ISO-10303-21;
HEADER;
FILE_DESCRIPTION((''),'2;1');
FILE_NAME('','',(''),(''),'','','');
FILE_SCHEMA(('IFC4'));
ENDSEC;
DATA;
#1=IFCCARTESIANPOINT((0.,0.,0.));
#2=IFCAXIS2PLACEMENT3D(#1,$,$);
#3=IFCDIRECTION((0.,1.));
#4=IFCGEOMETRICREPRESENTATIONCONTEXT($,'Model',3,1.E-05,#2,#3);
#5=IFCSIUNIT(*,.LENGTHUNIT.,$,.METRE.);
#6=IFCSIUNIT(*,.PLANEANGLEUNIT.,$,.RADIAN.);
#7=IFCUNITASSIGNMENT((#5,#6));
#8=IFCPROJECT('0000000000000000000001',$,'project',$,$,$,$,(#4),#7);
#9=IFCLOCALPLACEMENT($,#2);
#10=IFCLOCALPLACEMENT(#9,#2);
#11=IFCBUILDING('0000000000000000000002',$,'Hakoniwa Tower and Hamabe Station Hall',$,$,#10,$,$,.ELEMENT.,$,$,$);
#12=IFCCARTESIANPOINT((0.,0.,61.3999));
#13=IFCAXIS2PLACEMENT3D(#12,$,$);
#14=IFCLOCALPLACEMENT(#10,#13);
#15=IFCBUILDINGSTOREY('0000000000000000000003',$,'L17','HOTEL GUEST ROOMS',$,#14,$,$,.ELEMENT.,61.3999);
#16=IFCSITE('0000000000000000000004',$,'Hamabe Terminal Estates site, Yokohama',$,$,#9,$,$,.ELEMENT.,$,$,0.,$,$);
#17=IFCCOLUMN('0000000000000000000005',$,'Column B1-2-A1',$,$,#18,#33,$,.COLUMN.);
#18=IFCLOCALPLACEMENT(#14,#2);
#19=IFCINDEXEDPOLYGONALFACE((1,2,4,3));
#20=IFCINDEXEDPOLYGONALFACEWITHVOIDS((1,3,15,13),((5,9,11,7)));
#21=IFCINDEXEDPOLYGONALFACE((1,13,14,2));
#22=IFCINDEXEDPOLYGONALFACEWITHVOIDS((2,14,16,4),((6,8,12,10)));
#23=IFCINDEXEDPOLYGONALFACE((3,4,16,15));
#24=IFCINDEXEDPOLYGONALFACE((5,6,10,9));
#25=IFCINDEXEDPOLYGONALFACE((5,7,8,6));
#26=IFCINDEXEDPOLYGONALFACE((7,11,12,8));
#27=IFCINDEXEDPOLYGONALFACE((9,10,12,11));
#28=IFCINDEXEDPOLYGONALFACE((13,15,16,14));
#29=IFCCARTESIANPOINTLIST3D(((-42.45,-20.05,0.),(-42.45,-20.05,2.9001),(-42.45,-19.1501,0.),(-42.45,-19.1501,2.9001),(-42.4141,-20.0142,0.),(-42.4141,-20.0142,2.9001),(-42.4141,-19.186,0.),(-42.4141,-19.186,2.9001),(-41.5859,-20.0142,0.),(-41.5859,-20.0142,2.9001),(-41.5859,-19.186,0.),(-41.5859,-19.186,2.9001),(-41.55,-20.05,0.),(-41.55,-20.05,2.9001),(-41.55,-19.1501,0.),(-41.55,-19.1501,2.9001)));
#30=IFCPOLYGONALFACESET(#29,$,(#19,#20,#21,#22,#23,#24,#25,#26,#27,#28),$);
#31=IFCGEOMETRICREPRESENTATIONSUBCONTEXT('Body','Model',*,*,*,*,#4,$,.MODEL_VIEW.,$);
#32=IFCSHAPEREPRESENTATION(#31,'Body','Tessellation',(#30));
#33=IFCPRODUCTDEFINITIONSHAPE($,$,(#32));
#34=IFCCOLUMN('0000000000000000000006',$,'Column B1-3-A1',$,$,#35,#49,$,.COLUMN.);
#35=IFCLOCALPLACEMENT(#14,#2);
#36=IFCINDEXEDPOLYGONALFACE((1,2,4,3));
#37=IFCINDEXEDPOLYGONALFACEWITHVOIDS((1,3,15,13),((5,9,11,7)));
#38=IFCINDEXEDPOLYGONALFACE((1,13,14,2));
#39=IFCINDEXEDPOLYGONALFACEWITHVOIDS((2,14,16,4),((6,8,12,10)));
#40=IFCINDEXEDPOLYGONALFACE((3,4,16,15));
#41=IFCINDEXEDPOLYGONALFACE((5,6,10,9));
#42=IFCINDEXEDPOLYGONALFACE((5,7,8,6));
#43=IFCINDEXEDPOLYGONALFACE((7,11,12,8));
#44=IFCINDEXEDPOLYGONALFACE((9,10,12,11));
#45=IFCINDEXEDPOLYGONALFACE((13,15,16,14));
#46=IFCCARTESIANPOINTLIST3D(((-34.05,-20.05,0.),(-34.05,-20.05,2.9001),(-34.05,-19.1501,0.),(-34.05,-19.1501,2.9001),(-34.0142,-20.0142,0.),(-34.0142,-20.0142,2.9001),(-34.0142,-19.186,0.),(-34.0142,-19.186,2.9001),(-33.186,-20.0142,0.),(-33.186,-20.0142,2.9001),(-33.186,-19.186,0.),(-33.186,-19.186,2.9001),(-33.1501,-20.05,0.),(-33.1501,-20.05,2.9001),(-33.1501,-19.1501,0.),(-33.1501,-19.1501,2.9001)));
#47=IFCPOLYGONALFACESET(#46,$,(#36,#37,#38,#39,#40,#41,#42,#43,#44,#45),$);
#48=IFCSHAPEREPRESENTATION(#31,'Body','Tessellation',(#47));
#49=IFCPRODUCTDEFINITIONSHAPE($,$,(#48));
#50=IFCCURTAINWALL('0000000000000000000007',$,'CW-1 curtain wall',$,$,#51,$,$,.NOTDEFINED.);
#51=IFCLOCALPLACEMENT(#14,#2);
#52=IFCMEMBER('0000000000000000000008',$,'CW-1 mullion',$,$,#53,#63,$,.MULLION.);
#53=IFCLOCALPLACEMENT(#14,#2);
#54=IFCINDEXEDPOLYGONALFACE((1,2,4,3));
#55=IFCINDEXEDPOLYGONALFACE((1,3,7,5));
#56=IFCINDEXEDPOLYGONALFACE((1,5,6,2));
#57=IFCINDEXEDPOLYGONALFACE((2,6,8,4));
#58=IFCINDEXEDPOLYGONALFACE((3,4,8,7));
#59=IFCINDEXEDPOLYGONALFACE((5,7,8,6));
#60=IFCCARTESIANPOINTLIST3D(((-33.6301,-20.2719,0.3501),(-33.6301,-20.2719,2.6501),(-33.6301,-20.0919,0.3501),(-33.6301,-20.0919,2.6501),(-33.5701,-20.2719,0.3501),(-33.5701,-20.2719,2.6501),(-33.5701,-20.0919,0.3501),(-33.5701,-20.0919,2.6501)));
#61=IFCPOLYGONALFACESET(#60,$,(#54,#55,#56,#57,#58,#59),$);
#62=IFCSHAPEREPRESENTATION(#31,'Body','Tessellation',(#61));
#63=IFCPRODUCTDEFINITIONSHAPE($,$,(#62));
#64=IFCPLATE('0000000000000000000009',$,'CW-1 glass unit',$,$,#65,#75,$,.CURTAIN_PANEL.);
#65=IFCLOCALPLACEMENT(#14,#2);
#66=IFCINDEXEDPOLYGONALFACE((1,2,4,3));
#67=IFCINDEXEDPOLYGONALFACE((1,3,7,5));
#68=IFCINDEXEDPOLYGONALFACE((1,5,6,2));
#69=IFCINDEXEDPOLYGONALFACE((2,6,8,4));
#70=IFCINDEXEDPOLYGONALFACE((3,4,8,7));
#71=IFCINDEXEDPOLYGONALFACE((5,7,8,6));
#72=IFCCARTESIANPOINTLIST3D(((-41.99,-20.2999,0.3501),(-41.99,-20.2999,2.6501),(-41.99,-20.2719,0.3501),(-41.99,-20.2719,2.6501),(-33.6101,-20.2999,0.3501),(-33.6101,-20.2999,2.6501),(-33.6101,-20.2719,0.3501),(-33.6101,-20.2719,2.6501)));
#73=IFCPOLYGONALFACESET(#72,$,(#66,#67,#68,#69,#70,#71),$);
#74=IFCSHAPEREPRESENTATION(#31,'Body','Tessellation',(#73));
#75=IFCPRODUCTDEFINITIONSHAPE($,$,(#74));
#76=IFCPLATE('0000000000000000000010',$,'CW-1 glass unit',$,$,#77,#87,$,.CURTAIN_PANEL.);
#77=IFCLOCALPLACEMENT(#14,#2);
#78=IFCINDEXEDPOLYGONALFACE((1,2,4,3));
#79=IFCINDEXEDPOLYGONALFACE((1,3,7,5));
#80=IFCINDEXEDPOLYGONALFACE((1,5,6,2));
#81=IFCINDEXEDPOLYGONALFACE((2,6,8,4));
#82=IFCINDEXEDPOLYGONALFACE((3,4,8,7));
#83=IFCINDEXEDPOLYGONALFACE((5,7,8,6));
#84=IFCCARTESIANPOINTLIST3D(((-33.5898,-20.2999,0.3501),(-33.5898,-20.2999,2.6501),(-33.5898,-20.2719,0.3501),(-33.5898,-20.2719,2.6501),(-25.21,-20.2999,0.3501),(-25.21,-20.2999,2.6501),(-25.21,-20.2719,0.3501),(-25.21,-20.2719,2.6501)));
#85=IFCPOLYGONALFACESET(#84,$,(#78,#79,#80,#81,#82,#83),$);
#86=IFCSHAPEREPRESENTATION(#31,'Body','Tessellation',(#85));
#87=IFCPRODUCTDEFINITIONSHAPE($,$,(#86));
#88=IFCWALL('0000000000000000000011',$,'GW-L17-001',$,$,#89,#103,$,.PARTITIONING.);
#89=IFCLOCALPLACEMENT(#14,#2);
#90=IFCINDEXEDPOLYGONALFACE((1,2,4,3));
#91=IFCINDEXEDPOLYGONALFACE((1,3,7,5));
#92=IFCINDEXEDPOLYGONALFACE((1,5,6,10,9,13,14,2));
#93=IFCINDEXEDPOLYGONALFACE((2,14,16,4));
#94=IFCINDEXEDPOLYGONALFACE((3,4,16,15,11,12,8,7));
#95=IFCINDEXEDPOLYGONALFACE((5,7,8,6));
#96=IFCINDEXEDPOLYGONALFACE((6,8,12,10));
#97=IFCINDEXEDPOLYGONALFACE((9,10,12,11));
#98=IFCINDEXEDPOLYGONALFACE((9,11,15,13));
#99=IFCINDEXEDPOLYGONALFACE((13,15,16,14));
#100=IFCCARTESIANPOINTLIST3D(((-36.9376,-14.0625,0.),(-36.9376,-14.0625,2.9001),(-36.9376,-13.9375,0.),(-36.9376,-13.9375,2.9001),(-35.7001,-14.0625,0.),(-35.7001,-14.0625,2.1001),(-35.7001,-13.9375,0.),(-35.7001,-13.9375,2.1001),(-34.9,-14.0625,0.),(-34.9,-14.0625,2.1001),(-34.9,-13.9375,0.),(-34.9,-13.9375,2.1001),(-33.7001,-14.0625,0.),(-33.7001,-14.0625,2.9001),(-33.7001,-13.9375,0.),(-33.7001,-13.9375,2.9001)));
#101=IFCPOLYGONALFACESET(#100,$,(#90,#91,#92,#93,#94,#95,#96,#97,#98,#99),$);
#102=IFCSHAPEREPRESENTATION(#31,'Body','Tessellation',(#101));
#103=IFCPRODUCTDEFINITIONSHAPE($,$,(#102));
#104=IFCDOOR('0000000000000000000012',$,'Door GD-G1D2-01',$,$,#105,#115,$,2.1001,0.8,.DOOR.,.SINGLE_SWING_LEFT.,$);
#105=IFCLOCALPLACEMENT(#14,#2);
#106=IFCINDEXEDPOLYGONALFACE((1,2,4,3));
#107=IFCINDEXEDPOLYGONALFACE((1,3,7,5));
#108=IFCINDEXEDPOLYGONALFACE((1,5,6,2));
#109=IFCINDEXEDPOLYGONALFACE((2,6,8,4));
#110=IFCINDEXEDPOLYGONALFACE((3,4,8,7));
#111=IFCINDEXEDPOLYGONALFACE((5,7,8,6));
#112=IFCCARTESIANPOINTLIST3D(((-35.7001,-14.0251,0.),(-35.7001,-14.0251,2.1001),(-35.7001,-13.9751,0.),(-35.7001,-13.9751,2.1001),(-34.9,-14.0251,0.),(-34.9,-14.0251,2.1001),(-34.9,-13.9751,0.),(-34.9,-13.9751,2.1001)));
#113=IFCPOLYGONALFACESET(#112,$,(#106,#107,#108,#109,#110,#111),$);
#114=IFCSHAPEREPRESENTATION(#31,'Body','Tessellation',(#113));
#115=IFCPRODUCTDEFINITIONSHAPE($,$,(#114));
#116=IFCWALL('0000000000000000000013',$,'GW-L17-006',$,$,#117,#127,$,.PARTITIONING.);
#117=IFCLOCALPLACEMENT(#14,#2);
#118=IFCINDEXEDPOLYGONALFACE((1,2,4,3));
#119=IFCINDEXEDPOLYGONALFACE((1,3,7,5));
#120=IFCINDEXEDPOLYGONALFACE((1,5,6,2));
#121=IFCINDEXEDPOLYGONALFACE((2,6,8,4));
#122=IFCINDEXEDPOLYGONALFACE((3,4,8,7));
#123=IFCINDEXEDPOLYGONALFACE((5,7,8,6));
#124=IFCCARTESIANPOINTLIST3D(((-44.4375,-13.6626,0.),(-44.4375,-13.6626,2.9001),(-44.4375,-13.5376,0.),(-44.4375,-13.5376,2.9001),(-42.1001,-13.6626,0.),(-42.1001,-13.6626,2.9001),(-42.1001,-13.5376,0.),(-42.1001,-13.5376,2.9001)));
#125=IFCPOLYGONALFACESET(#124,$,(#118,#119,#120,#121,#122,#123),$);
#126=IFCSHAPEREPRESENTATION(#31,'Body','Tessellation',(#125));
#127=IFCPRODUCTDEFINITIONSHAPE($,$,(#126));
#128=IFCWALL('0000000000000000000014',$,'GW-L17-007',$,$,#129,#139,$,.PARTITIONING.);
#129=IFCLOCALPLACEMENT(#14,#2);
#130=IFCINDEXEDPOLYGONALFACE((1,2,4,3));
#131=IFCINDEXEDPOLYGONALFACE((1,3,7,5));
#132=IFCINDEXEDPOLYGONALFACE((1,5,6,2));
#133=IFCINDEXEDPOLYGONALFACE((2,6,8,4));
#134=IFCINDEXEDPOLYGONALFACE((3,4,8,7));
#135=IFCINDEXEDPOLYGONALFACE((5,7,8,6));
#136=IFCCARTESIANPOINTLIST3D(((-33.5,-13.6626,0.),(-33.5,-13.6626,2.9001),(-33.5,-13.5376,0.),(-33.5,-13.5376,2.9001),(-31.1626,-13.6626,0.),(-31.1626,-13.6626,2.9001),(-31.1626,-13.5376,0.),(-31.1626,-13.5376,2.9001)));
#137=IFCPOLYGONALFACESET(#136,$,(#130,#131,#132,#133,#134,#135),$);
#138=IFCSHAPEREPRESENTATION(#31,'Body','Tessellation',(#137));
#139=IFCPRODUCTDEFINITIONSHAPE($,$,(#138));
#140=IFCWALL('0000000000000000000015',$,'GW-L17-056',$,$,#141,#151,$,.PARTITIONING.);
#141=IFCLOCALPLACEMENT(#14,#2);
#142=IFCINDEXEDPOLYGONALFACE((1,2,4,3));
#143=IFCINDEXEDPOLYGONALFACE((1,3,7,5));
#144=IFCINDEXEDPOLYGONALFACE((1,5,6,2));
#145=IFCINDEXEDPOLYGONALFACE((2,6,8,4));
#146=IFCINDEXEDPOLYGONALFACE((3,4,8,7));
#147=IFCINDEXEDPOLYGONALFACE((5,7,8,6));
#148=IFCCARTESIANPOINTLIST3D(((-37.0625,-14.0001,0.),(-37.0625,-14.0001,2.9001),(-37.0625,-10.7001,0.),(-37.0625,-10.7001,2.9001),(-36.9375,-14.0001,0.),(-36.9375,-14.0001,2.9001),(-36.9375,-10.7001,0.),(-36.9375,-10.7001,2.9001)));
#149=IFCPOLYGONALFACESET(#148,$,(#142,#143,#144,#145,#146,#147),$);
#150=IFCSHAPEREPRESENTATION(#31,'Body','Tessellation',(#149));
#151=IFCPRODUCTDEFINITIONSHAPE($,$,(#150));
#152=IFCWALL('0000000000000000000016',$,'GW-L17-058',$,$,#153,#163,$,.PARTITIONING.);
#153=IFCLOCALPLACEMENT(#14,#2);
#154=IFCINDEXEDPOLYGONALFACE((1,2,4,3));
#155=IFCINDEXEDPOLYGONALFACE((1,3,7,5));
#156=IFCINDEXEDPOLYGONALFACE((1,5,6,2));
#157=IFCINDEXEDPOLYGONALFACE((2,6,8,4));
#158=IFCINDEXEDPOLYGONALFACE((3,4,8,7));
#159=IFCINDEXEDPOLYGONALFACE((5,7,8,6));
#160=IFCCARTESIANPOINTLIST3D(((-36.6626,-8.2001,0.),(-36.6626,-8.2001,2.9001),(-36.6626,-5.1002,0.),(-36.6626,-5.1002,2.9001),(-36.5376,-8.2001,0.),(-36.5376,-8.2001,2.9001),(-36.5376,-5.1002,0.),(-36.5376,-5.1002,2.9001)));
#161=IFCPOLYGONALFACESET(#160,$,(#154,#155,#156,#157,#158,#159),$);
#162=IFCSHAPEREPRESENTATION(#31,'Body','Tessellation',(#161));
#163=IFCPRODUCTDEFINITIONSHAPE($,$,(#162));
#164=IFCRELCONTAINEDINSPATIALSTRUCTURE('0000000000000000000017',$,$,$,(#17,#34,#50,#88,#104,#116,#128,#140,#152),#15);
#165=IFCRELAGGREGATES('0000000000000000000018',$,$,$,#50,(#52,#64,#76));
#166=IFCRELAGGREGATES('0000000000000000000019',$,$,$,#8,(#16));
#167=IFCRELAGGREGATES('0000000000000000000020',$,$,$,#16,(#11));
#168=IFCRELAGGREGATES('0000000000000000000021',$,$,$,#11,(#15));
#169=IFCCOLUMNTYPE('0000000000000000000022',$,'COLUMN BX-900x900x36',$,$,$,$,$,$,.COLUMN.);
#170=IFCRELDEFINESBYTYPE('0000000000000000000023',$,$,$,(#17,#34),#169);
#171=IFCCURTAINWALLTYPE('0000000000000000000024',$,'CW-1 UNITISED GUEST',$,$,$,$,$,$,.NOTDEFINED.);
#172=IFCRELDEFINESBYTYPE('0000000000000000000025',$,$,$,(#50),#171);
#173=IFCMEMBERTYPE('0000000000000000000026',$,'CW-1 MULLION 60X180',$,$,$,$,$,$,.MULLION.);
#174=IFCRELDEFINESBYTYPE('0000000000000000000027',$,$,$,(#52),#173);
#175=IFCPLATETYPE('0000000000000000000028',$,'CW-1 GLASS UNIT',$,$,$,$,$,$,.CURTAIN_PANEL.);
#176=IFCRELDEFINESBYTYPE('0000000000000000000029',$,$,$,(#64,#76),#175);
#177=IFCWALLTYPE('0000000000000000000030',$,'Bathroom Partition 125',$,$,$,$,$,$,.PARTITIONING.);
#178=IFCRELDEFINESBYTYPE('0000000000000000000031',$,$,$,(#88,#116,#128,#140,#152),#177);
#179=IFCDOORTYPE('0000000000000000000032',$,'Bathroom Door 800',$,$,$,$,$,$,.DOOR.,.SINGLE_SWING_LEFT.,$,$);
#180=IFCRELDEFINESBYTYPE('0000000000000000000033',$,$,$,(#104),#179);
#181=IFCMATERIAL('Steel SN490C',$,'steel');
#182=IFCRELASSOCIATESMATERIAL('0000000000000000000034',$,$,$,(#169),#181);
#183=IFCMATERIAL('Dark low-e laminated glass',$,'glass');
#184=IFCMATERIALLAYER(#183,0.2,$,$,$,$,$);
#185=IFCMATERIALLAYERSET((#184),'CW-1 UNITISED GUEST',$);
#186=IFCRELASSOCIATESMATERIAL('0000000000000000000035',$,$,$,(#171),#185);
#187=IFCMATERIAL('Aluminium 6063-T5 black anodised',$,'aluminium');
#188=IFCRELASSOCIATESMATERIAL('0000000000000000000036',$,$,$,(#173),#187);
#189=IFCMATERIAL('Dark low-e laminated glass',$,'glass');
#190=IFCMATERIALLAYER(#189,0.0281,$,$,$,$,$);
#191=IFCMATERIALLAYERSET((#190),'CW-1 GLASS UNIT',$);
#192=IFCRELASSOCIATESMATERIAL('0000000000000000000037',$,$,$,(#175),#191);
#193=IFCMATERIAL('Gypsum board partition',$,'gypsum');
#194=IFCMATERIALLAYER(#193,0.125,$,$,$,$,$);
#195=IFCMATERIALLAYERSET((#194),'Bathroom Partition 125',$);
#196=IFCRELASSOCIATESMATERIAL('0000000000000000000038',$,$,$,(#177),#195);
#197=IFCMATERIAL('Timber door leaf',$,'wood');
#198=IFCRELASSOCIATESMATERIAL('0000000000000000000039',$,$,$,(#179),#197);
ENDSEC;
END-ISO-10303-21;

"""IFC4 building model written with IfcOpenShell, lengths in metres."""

from ifc_helpers import new_model, si_unit, direction, frame, frame_2d, origin, origin_2d, place, context, subcontext, project, spatial, rectangle, hollow_rectangle, extrude, material, layer, layer_set, material_profile, profile_set, type_object, element, fill, aggregate, save


model = new_model("IFC4")

# Units and contexts
model_context = context("Model", 3, precision=1e-05, world=origin(), true_north=direction((0.0, 1.0)))
body_context = subcontext(model_context, "Body", "Model", "MODEL_VIEW")
ifc_project = project(units=[si_unit("LENGTHUNIT", "METRE"), si_unit("PLANEANGLEUNIT", "RADIAN")], contexts=[model_context])

# Site, building, storey
site_placement = place(None, origin())
site = spatial("IfcSite", under=ifc_project, at=site_placement, Name="Hamabe Terminal Estates site, Yokohama", CompositionType="ELEMENT", RefElevation=0.0)
building_placement = place(site_placement, origin())
building = spatial("IfcBuilding", under=site, at=building_placement, Name="Hakoniwa Tower and Hamabe Station Hall", CompositionType="ELEMENT")
storey_placement = place(building_placement, frame((0.0, 0.0, 61.3999)))
storey = spatial("IfcBuildingStorey", under=building, at=storey_placement, Name="L17", Description="HOTEL GUEST ROOMS", CompositionType="ELEMENT", Elevation=61.3999)

# Columns
ifc_material_1 = material(Name="Steel SN490C", Category="steel")
ifc_material_profile_1 = material_profile(ifc_material_1, hollow_rectangle(XDim=0.8999, YDim=0.8999, WallThickness=0.0359, at=origin_2d()), Name="BX-900x900x36")
ifc_profile_set_1 = profile_set([ifc_material_profile_1], Name="Steel SN490C")
column_type = type_object("IfcColumnType", Name="COLUMN BX-900x900x36", PredefinedType="COLUMN", material=ifc_profile_set_1)
for number, where, z_axis, x_axis, name in (
    (1, (-42.0, -19.6001, 0.0), (0.0, 0.0, 1.0), (1.0, 0.0, 0.0), "Column B1-2-A1"),
    (2, (-33.6001, -19.6001, 0.0), (0.0, 0.0, 1.0), (1.0, 0.0, 0.0), "Column B1-3-A1"),
):
    element("IfcColumn", number, at=place(storey_placement, frame(where, z_axis=z_axis, x_axis=x_axis)), inside=storey, type_object=column_type, Name=name, PredefinedType="COLUMN", context=body_context, shape_type="SweptSolid", body=[
        extrude(hollow_rectangle(XDim=0.8999, YDim=0.8999, WallThickness=0.0359, at=origin_2d()), origin(), (0.0, 0.0, 1.0), 2.9001),
    ])

# Curtain wall, member, plates
ifc_material_2 = material(Name="Dark low-e laminated glass", Category="glass")
ifc_layer_1 = layer(ifc_material_2, 0.2)
ifc_layer_set_1 = layer_set([ifc_layer_1], Name="CW-1 UNITISED GUEST")
curtain_wall_type = type_object("IfcCurtainWallType", Name="CW-1 UNITISED GUEST", PredefinedType="NOTDEFINED", material=ifc_layer_set_1)
curtain_wall_placement = place(storey_placement, origin())
curtain_wall = element("IfcCurtainWall", 3, at=curtain_wall_placement, inside=storey, type_object=curtain_wall_type, Name="CW-1 curtain wall", PredefinedType="NOTDEFINED")
ifc_material_3 = material(Name="Aluminium 6063-T5 black anodised", Category="aluminium")
ifc_material_profile_2 = material_profile(ifc_material_3, rectangle(XDim=0.0601, YDim=0.1799, at=origin_2d()), Name="CW-1 MULLION 60X180")
ifc_profile_set_2 = profile_set([ifc_material_profile_2], Name="Aluminium 6063-T5 black anodised")
member_type = type_object("IfcMemberType", Name="CW-1 MULLION 60X180", PredefinedType="MULLION", material=ifc_profile_set_2)
member_placement = place(storey_placement, frame((-33.6001, -20.1819, 0.3501), z_axis=(0.0, 0.0, 1.0), x_axis=(1.0, 0.0, 0.0)))
member = element("IfcMember", 4, at=member_placement, type_object=member_type, Name="CW-1 mullion", PredefinedType="MULLION", context=body_context, shape_type="SweptSolid", body=[
    extrude(rectangle(XDim=0.0601, YDim=0.1799, at=origin_2d()), origin(), (0.0, 0.0, 1.0), 2.3),
])
ifc_material_4 = material(Name="Dark low-e laminated glass", Category="glass")
ifc_layer_2 = layer(ifc_material_4, 0.0281)
ifc_layer_set_2 = layer_set([ifc_layer_2], Name="CW-1 GLASS UNIT")
plate_type = type_object("IfcPlateType", Name="CW-1 GLASS UNIT", PredefinedType="CURTAIN_PANEL", material=ifc_layer_set_2)
plate_1_placement = place(storey_placement, frame((-37.8, -20.2859, 0.3501), z_axis=(0.0, 0.0, 1.0), x_axis=(1.0, 0.0, 0.0)))
plate_1 = element("IfcPlate", 5, at=plate_1_placement, type_object=plate_type, Name="CW-1 glass unit", PredefinedType="CURTAIN_PANEL", context=body_context, shape_type="SweptSolid", body=[
    extrude(rectangle(XDim=8.3799, YDim=0.0281, at=origin_2d()), origin(), (0.0, 0.0, 1.0), 2.3),
])
plate_2_placement = place(storey_placement, frame((-29.3999, -20.2859, 0.3501), z_axis=(0.0, 0.0, 1.0), x_axis=(1.0, 0.0, 0.0)))
plate_2 = element("IfcPlate", 6, at=plate_2_placement, type_object=plate_type, Name="CW-1 glass unit", PredefinedType="CURTAIN_PANEL", context=body_context, shape_type="SweptSolid", body=[
    extrude(rectangle(XDim=8.3799, YDim=0.0281, at=origin_2d()), origin(), (0.0, 0.0, 1.0), 2.3),
])
aggregate(curtain_wall, [member, plate_1, plate_2])

# Wall, opening, door
ifc_material_5 = material(Name="Gypsum board partition", Category="gypsum")
ifc_layer_3 = layer(ifc_material_5, 0.125)
ifc_layer_set_3 = layer_set([ifc_layer_3], Name="Bathroom Partition 125")
wall_type_1 = type_object("IfcWallType", Name="Bathroom Partition 125", PredefinedType="PARTITIONING", material=ifc_layer_set_3)
wall_1_placement = place(storey_placement, frame((-36.9375, -14.0, 0.0), z_axis=(0.0, 0.0, 1.0), x_axis=(1.0, 0.0, 0.0)))
wall_1 = element("IfcWall", 7, at=wall_1_placement, inside=storey, type_object=wall_type_1, Name="GW-L17-001", PredefinedType="PARTITIONING", context=body_context, shape_type="SweptSolid", body=[
    extrude(rectangle(XDim=3.2375, YDim=0.125, at=frame_2d((1.6187, 0.0))), origin(), (0.0, 0.0, 1.0), 2.9001),
])
opening_1_placement = place(wall_1_placement, frame((1.2375, 0.0, 0.0)))
opening_1 = element("IfcOpeningElement", 8, at=opening_1_placement, cuts=wall_1, PredefinedType="OPENING", context=body_context, shape_type="SweptSolid", body=[
    extrude(rectangle(XDim=0.8, YDim=2.1001, at=frame_2d((0.3999, 1.05))), frame((0.0, 0.0725, 0.0), z_axis=(0.0, -1.0, 0.0), x_axis=(1.0, 0.0, 0.0)), (0.0, 0.0, 1.0), 0.145),
])
ifc_material_6 = material(Name="Timber door leaf", Category="wood")
door_type_1 = type_object("IfcDoorType", Name="Bathroom Door 800", OperationType="SINGLE_SWING_LEFT", PredefinedType="DOOR", material=ifc_material_6)
door_1_placement = place(opening_1_placement, origin())
door_1 = element("IfcDoor", 9, at=door_1_placement, inside=storey, type_object=door_type_1, Name="Door GD-G1D2-01", OperationType="SINGLE_SWING_LEFT", OverallHeight=2.1001, OverallWidth=0.8, PredefinedType="DOOR", context=body_context, shape_type="SweptSolid", body=[
    extrude(rectangle(XDim=0.8, YDim=2.1001, at=frame_2d((0.3999, 1.05))), frame((0.0, 0.0249, 0.0), z_axis=(0.0, -1.0, 0.0), x_axis=(1.0, 0.0, 0.0)), (0.0, 0.0, 1.0), 0.05),
])
fill(opening_1, door_1)

# Walls
for number, where, z_axis, x_axis, name in (
    (10, (-44.4375, -13.6001, 0.0), (0.0, 0.0, 1.0), (1.0, 0.0, 0.0), "GW-L17-006"),
    (11, (-33.5, -13.6001, 0.0), (0.0, 0.0, 1.0), (1.0, 0.0, 0.0), "GW-L17-007"),
):
    element("IfcWall", number, at=place(storey_placement, frame(where, z_axis=z_axis, x_axis=x_axis)), inside=storey, type_object=wall_type_1, Name=name, PredefinedType="PARTITIONING", context=body_context, shape_type="SweptSolid", body=[
        extrude(rectangle(XDim=2.3374, YDim=0.125, at=frame_2d((1.1687, 0.0))), origin(), (0.0, 0.0, 1.0), 2.9001),
    ])
wall_2_placement = place(storey_placement, frame((-37.0, -14.0, 0.0), z_axis=(0.0, 0.0, 1.0), x_axis=(0.0, 1.0, 0.0)))
element("IfcWall", 12, at=wall_2_placement, inside=storey, type_object=wall_type_1, Name="GW-L17-056", PredefinedType="PARTITIONING", context=body_context, shape_type="SweptSolid", body=[
    extrude(rectangle(XDim=3.3, YDim=0.125, at=frame_2d((1.6499, 0.0))), origin(), (0.0, 0.0, 1.0), 2.9001),
])
wall_3_placement = place(storey_placement, frame((-36.6001, -8.2, 0.0), z_axis=(0.0, 0.0, 1.0), x_axis=(0.0, 1.0, 0.0)))
element("IfcWall", 13, at=wall_3_placement, inside=storey, type_object=wall_type_1, Name="GW-L17-058", PredefinedType="PARTITIONING", context=body_context, shape_type="SweptSolid", body=[
    extrude(rectangle(XDim=3.0999, YDim=0.125, at=frame_2d((1.5498, 0.0))), origin(), (0.0, 0.0, 1.0), 2.9001),
])

save(model, "model.ifc")
